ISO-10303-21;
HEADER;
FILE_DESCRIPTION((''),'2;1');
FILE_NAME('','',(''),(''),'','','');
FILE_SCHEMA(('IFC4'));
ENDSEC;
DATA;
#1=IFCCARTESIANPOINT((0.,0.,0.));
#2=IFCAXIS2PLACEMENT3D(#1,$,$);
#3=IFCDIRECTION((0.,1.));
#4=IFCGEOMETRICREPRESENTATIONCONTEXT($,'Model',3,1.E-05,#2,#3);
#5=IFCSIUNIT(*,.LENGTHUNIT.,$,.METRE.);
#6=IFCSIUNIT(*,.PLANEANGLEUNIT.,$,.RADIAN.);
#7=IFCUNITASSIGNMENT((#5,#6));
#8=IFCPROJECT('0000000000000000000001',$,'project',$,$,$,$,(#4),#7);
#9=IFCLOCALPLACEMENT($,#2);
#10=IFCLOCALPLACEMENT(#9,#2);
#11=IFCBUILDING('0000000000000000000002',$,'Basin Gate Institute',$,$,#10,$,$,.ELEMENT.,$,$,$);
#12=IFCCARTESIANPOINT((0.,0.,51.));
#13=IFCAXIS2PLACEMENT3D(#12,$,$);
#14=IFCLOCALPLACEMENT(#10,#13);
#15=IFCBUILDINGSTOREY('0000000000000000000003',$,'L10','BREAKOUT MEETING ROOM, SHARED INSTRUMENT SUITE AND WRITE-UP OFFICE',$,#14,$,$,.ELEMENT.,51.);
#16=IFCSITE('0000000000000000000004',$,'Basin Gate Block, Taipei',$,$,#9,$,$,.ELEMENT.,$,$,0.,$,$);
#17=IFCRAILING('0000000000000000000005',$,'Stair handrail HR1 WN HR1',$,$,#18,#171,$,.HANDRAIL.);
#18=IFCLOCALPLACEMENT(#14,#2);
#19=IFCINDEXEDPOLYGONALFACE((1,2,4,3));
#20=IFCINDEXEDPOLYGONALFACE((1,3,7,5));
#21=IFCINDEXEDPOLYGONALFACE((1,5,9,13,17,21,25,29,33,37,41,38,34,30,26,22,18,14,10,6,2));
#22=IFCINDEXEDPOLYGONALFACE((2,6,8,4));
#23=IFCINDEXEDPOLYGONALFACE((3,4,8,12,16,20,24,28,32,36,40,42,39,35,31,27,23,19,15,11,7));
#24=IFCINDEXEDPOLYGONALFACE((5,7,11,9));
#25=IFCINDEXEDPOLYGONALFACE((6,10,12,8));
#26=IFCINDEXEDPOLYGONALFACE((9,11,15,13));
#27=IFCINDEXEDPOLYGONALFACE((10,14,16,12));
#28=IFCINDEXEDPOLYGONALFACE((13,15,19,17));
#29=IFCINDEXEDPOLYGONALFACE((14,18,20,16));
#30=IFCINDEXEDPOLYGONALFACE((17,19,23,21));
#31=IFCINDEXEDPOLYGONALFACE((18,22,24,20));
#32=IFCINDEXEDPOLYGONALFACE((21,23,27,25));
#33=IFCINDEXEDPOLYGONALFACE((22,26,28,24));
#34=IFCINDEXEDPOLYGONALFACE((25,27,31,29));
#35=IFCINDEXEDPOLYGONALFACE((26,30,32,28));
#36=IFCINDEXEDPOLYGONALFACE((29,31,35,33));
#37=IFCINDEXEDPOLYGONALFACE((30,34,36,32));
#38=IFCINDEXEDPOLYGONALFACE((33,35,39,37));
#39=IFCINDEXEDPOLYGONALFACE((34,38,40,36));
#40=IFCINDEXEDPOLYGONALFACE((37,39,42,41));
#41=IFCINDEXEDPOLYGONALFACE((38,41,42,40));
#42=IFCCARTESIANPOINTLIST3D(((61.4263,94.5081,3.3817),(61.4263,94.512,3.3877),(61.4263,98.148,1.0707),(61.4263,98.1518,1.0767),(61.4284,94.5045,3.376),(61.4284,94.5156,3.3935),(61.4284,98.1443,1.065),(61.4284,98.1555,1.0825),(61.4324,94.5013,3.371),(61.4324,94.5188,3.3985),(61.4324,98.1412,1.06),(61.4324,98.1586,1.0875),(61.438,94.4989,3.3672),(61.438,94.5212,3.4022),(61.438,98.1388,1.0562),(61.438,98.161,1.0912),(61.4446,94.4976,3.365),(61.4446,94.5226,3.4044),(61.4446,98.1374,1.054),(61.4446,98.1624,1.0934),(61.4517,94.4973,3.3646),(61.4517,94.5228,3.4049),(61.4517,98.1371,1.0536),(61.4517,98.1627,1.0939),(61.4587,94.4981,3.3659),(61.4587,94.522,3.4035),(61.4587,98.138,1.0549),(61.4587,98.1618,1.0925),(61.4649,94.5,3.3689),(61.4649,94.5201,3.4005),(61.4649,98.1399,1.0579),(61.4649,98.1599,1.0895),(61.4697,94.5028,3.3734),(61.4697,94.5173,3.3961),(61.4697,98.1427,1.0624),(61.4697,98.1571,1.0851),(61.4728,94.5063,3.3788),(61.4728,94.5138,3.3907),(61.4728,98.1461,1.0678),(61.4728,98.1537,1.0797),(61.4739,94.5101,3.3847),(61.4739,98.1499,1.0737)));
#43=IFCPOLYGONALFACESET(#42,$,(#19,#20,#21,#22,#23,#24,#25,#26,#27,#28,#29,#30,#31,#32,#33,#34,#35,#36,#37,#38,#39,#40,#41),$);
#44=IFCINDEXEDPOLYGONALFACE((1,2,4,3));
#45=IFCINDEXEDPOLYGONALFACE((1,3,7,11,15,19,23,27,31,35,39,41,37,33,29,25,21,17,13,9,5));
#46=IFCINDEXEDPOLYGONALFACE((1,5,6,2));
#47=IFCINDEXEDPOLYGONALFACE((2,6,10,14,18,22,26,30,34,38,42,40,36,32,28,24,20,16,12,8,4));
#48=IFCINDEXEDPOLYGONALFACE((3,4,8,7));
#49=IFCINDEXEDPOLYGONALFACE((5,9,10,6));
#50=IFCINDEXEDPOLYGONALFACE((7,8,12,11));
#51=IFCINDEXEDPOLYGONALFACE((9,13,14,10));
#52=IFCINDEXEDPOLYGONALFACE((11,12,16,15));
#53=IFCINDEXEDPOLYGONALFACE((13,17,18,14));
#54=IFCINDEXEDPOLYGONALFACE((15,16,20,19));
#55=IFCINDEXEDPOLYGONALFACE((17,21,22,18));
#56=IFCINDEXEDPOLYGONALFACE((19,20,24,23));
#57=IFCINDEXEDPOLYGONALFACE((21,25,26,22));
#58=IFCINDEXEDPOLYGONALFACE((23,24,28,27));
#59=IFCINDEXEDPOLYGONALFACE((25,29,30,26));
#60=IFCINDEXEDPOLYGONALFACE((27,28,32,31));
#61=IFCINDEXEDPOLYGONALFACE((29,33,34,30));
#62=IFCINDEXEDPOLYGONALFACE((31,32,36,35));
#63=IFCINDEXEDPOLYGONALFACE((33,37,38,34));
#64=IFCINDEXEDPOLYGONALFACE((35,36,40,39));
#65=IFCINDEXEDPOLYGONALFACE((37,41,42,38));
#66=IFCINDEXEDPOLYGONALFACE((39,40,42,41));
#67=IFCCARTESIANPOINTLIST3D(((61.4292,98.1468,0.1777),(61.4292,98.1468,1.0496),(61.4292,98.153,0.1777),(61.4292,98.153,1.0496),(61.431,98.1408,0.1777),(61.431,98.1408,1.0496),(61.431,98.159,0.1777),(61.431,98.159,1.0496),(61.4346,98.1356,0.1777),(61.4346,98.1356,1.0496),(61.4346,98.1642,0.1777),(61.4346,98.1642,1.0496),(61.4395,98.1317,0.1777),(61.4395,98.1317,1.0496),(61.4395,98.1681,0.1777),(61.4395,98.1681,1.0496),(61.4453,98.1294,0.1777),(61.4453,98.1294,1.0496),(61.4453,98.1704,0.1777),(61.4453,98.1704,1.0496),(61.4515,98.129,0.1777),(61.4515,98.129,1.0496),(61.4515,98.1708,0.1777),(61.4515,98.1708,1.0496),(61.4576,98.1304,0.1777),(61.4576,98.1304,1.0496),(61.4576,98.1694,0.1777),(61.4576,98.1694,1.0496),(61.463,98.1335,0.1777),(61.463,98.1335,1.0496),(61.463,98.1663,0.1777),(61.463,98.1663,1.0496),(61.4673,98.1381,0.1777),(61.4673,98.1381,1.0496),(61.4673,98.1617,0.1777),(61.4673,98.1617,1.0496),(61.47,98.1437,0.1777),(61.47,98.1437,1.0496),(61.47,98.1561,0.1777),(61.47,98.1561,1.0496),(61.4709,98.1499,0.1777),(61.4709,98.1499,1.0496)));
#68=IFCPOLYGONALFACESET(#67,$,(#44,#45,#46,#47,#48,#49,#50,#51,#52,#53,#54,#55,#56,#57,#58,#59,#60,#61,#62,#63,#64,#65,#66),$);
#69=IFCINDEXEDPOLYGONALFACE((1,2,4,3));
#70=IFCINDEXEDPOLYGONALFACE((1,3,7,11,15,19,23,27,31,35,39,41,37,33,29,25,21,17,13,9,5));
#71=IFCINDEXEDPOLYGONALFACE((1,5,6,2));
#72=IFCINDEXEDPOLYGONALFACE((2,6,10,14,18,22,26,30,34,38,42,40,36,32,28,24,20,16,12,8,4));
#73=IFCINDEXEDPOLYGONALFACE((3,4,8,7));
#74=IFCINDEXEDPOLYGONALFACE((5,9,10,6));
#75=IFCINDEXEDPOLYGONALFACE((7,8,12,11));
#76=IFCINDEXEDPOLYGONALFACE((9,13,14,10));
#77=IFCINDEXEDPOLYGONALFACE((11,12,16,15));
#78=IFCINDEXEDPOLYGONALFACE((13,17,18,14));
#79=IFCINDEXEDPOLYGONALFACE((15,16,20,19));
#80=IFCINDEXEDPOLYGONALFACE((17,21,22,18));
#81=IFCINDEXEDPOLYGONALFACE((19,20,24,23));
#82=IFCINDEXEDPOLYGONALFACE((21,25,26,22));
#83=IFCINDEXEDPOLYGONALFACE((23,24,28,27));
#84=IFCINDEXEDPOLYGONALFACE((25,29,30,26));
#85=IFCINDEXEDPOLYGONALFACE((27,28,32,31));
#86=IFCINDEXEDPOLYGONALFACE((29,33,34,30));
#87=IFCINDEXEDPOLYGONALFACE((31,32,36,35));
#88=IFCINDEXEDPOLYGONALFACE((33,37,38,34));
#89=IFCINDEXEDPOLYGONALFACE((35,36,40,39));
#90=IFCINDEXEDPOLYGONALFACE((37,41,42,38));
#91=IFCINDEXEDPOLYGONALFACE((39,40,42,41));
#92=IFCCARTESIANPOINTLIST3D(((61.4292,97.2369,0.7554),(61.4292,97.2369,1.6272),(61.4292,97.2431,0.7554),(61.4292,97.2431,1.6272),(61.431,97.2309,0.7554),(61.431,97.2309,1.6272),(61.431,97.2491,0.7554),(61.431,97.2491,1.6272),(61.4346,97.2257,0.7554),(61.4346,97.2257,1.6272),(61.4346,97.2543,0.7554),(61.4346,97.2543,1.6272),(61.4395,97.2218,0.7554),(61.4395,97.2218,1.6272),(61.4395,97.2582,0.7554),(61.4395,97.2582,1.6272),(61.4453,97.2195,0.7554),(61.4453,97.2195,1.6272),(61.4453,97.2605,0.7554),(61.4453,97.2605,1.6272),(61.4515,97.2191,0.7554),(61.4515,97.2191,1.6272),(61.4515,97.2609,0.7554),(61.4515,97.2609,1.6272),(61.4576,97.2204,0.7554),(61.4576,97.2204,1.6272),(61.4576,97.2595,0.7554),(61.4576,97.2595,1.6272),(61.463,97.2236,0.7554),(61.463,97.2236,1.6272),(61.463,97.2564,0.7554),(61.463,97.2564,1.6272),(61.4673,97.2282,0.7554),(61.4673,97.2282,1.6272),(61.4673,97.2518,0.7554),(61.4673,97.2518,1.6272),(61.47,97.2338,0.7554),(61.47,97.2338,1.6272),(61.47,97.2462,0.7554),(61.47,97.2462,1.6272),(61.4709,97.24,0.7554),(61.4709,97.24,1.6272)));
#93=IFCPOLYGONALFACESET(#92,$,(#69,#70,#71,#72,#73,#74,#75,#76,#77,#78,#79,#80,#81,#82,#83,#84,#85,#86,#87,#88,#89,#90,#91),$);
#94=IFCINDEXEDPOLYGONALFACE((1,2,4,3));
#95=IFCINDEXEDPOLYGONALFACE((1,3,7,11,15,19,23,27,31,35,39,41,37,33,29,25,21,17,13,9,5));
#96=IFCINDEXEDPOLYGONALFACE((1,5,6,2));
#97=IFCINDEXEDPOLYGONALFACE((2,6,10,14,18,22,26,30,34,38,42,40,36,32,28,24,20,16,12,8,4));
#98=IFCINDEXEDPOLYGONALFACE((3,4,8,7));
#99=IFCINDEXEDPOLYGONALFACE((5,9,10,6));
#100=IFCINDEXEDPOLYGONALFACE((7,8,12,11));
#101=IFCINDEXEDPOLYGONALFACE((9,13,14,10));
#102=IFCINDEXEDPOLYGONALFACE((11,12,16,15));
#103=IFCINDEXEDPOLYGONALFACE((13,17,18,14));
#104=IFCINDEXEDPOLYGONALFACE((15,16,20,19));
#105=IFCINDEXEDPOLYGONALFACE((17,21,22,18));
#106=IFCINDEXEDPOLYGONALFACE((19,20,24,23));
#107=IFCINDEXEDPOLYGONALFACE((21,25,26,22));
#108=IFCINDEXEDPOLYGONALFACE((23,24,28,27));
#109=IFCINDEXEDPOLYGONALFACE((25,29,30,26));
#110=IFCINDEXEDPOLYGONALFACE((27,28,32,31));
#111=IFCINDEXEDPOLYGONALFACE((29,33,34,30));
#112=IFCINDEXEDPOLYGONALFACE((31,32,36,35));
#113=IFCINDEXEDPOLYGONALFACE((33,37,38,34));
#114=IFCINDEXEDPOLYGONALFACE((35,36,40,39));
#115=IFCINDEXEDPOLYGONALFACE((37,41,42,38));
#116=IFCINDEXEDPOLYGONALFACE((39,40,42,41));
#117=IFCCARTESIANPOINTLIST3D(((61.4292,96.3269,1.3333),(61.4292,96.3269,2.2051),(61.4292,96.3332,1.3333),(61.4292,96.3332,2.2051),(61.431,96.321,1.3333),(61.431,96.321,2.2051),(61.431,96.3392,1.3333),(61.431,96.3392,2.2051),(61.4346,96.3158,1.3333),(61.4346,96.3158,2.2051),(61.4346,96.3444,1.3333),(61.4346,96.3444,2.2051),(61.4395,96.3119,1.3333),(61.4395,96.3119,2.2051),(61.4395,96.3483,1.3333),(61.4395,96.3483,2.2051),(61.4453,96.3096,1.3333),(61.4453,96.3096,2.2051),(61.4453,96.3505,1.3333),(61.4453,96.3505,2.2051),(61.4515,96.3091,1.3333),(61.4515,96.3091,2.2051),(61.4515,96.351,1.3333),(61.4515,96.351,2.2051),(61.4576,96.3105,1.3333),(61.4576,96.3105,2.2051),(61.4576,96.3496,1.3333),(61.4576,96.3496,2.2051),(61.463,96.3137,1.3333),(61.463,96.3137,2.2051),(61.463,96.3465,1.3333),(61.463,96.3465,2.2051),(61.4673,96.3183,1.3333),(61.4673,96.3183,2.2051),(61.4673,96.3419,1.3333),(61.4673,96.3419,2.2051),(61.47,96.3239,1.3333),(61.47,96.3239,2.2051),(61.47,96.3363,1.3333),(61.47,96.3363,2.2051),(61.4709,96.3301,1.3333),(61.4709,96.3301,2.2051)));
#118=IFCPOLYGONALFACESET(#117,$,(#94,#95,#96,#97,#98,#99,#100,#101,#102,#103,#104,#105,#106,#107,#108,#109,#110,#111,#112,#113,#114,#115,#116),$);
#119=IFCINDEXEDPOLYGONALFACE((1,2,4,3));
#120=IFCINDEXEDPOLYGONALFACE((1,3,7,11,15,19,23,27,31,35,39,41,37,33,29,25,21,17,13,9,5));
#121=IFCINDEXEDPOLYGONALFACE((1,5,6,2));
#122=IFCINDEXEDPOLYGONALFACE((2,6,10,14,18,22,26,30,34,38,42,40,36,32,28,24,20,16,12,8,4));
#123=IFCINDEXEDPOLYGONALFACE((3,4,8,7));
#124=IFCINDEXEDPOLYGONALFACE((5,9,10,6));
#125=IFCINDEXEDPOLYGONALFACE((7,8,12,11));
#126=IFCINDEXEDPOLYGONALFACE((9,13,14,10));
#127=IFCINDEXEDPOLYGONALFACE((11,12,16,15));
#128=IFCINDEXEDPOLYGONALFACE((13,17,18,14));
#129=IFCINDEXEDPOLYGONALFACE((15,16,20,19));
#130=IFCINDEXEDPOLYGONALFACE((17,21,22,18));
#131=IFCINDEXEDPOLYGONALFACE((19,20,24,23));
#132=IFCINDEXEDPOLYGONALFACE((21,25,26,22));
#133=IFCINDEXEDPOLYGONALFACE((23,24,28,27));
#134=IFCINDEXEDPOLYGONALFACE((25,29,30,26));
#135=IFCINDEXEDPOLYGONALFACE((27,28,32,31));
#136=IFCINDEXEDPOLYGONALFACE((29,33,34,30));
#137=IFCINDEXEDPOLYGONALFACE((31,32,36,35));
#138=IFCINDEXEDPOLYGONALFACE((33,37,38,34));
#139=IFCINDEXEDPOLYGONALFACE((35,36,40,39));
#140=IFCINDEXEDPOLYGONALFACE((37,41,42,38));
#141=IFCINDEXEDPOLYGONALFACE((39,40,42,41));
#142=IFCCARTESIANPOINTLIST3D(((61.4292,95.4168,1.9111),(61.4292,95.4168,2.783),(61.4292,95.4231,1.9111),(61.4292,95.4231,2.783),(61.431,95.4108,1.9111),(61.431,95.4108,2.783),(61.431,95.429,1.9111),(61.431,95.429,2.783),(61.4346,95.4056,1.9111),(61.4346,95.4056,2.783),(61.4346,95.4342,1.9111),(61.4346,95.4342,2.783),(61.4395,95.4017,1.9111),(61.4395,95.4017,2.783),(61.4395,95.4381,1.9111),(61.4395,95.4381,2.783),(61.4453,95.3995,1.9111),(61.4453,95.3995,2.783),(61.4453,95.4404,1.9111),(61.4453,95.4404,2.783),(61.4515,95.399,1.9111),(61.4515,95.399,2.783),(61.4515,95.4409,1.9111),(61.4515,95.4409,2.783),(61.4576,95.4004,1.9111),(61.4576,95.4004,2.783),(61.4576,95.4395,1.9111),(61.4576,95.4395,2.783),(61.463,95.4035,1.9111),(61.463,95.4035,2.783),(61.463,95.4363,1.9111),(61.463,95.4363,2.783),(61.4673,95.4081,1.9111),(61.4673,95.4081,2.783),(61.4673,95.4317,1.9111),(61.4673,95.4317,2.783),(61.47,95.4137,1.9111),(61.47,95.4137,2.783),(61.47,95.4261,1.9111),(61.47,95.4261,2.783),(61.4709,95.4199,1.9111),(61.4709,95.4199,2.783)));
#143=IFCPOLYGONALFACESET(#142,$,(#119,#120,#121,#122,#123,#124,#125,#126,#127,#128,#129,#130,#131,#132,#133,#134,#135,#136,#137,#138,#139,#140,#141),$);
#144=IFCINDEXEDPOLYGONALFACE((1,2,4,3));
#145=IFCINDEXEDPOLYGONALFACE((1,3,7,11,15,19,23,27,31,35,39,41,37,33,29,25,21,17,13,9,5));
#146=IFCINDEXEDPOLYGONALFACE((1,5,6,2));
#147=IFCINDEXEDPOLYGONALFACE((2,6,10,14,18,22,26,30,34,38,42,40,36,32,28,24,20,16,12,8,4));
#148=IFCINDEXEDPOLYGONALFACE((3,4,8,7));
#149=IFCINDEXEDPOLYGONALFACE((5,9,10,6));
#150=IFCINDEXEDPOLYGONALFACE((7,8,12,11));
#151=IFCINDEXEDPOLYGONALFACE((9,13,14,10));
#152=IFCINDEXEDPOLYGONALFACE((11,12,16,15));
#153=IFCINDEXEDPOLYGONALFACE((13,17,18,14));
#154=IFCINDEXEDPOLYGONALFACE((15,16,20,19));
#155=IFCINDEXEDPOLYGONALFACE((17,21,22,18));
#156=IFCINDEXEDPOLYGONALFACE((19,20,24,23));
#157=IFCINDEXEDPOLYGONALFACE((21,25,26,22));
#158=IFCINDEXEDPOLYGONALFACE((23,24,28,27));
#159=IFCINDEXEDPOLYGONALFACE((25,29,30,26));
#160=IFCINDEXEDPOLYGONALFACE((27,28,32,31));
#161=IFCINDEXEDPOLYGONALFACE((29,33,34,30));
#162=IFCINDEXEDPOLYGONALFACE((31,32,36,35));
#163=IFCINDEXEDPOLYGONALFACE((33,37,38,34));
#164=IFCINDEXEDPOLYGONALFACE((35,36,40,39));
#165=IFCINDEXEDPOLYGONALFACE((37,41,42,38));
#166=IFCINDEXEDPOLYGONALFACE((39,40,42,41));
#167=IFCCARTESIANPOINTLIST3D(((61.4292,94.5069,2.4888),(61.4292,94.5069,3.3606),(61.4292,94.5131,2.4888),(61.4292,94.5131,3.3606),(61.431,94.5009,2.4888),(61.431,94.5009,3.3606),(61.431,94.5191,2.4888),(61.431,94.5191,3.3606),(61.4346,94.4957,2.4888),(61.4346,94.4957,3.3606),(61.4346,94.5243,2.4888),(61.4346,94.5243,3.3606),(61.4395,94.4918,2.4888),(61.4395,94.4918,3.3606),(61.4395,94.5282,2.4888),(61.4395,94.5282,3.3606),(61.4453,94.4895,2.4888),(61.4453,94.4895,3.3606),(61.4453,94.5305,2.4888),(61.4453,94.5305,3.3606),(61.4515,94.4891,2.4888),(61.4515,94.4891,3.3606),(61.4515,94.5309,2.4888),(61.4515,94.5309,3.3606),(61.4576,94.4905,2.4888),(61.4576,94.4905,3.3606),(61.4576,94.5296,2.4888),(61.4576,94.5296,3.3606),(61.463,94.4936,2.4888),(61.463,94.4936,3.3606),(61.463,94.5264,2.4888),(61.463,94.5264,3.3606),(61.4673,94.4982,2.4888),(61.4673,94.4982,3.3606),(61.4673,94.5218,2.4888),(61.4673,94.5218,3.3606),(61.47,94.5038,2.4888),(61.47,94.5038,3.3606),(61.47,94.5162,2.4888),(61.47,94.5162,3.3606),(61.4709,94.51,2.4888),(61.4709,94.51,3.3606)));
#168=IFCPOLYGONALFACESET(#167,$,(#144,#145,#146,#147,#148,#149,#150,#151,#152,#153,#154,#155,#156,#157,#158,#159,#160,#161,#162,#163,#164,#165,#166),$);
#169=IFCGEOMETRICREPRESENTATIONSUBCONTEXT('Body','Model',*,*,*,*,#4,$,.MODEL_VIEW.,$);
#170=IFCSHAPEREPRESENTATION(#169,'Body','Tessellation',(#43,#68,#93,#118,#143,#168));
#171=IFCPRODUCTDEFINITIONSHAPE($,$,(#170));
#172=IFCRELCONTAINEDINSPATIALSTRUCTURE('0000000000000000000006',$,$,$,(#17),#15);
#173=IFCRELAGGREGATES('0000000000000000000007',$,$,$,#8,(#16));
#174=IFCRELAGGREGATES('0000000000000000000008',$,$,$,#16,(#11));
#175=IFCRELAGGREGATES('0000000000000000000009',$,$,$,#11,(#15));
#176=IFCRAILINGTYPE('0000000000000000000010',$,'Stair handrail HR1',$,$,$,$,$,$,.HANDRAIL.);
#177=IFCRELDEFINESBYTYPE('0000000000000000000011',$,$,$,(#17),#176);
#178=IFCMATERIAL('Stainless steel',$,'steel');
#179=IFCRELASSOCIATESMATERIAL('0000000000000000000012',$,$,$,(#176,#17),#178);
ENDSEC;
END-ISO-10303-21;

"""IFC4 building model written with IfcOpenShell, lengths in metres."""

from ifc_helpers import new_model, si_unit, direction, frame, origin, origin_2d, place, context, subcontext, project, spatial, circle, extrude, material, type_object, element, save


model = new_model("IFC4")

# Units and contexts
model_context = context("Model", 3, precision=1e-05, world=origin(), true_north=direction((0.0, 1.0)))
body_context = subcontext(model_context, "Body", "Model", "MODEL_VIEW")
ifc_project = project(units=[si_unit("LENGTHUNIT", "METRE"), si_unit("PLANEANGLEUNIT", "RADIAN")], contexts=[model_context])

# Site, building, storey
site_placement = place(None, origin())
site = spatial("IfcSite", under=ifc_project, at=site_placement, Name="Basin Gate Block, Taipei", CompositionType="ELEMENT", RefElevation=0.0)
building_placement = place(site_placement, origin())
building = spatial("IfcBuilding", under=site, at=building_placement, Name="Basin Gate Institute", CompositionType="ELEMENT")
storey_placement = place(building_placement, frame((0.0, 0.0, 51.0)))
storey = spatial("IfcBuildingStorey", under=building, at=storey_placement, Name="L10", Description="BREAKOUT MEETING ROOM, SHARED INSTRUMENT SUITE AND WRITE-UP OFFICE", CompositionType="ELEMENT", Elevation=51.0)

# Railing
ifc_material_1 = material(Name="Stainless steel", Category="steel")
railing_type_1 = type_object("IfcRailingType", Name="Stair handrail HR1", PredefinedType="HANDRAIL", material=ifc_material_1)
for number, where, name in (
    (1, (61.45, 98.1499, 0.1777), "Stair handrail HR1 WN HR1"),
):
    element("IfcRailing", number, at=place(storey_placement, frame(where)), inside=storey, type_object=railing_type_1, material=ifc_material_1, Name=name, PredefinedType="HANDRAIL", context=body_context, shape_type="SweptSolid", body=[
        extrude(circle(Radius=0.0239, at=origin_2d()), frame((0.0, 0.0, 0.896), z_axis=(0.0, -0.844214, 0.536007), x_axis=(1.0, 0.0, 0.0)), (0.0, 0.0, 1.0), 4.3115),
        extrude(circle(Radius=0.021, at=origin_2d()), origin(), (0.0, 0.0, 1.0), 0.8718),
        extrude(circle(Radius=0.021, at=origin_2d()), frame((0.0, -0.9099, 0.5776)), (0.0, 0.0, 1.0), 0.8718),
        extrude(circle(Radius=0.021, at=origin_2d()), frame((0.0, -1.8198, 1.1555)), (0.0, 0.0, 1.0), 0.8718),
        extrude(circle(Radius=0.021, at=origin_2d()), frame((0.0, -2.73, 1.7334)), (0.0, 0.0, 1.0), 0.8718),
        extrude(circle(Radius=0.021, at=origin_2d()), frame((0.0, -3.6399, 2.311)), (0.0, 0.0, 1.0), 0.8718),
    ])

save(model, "model.ifc")
